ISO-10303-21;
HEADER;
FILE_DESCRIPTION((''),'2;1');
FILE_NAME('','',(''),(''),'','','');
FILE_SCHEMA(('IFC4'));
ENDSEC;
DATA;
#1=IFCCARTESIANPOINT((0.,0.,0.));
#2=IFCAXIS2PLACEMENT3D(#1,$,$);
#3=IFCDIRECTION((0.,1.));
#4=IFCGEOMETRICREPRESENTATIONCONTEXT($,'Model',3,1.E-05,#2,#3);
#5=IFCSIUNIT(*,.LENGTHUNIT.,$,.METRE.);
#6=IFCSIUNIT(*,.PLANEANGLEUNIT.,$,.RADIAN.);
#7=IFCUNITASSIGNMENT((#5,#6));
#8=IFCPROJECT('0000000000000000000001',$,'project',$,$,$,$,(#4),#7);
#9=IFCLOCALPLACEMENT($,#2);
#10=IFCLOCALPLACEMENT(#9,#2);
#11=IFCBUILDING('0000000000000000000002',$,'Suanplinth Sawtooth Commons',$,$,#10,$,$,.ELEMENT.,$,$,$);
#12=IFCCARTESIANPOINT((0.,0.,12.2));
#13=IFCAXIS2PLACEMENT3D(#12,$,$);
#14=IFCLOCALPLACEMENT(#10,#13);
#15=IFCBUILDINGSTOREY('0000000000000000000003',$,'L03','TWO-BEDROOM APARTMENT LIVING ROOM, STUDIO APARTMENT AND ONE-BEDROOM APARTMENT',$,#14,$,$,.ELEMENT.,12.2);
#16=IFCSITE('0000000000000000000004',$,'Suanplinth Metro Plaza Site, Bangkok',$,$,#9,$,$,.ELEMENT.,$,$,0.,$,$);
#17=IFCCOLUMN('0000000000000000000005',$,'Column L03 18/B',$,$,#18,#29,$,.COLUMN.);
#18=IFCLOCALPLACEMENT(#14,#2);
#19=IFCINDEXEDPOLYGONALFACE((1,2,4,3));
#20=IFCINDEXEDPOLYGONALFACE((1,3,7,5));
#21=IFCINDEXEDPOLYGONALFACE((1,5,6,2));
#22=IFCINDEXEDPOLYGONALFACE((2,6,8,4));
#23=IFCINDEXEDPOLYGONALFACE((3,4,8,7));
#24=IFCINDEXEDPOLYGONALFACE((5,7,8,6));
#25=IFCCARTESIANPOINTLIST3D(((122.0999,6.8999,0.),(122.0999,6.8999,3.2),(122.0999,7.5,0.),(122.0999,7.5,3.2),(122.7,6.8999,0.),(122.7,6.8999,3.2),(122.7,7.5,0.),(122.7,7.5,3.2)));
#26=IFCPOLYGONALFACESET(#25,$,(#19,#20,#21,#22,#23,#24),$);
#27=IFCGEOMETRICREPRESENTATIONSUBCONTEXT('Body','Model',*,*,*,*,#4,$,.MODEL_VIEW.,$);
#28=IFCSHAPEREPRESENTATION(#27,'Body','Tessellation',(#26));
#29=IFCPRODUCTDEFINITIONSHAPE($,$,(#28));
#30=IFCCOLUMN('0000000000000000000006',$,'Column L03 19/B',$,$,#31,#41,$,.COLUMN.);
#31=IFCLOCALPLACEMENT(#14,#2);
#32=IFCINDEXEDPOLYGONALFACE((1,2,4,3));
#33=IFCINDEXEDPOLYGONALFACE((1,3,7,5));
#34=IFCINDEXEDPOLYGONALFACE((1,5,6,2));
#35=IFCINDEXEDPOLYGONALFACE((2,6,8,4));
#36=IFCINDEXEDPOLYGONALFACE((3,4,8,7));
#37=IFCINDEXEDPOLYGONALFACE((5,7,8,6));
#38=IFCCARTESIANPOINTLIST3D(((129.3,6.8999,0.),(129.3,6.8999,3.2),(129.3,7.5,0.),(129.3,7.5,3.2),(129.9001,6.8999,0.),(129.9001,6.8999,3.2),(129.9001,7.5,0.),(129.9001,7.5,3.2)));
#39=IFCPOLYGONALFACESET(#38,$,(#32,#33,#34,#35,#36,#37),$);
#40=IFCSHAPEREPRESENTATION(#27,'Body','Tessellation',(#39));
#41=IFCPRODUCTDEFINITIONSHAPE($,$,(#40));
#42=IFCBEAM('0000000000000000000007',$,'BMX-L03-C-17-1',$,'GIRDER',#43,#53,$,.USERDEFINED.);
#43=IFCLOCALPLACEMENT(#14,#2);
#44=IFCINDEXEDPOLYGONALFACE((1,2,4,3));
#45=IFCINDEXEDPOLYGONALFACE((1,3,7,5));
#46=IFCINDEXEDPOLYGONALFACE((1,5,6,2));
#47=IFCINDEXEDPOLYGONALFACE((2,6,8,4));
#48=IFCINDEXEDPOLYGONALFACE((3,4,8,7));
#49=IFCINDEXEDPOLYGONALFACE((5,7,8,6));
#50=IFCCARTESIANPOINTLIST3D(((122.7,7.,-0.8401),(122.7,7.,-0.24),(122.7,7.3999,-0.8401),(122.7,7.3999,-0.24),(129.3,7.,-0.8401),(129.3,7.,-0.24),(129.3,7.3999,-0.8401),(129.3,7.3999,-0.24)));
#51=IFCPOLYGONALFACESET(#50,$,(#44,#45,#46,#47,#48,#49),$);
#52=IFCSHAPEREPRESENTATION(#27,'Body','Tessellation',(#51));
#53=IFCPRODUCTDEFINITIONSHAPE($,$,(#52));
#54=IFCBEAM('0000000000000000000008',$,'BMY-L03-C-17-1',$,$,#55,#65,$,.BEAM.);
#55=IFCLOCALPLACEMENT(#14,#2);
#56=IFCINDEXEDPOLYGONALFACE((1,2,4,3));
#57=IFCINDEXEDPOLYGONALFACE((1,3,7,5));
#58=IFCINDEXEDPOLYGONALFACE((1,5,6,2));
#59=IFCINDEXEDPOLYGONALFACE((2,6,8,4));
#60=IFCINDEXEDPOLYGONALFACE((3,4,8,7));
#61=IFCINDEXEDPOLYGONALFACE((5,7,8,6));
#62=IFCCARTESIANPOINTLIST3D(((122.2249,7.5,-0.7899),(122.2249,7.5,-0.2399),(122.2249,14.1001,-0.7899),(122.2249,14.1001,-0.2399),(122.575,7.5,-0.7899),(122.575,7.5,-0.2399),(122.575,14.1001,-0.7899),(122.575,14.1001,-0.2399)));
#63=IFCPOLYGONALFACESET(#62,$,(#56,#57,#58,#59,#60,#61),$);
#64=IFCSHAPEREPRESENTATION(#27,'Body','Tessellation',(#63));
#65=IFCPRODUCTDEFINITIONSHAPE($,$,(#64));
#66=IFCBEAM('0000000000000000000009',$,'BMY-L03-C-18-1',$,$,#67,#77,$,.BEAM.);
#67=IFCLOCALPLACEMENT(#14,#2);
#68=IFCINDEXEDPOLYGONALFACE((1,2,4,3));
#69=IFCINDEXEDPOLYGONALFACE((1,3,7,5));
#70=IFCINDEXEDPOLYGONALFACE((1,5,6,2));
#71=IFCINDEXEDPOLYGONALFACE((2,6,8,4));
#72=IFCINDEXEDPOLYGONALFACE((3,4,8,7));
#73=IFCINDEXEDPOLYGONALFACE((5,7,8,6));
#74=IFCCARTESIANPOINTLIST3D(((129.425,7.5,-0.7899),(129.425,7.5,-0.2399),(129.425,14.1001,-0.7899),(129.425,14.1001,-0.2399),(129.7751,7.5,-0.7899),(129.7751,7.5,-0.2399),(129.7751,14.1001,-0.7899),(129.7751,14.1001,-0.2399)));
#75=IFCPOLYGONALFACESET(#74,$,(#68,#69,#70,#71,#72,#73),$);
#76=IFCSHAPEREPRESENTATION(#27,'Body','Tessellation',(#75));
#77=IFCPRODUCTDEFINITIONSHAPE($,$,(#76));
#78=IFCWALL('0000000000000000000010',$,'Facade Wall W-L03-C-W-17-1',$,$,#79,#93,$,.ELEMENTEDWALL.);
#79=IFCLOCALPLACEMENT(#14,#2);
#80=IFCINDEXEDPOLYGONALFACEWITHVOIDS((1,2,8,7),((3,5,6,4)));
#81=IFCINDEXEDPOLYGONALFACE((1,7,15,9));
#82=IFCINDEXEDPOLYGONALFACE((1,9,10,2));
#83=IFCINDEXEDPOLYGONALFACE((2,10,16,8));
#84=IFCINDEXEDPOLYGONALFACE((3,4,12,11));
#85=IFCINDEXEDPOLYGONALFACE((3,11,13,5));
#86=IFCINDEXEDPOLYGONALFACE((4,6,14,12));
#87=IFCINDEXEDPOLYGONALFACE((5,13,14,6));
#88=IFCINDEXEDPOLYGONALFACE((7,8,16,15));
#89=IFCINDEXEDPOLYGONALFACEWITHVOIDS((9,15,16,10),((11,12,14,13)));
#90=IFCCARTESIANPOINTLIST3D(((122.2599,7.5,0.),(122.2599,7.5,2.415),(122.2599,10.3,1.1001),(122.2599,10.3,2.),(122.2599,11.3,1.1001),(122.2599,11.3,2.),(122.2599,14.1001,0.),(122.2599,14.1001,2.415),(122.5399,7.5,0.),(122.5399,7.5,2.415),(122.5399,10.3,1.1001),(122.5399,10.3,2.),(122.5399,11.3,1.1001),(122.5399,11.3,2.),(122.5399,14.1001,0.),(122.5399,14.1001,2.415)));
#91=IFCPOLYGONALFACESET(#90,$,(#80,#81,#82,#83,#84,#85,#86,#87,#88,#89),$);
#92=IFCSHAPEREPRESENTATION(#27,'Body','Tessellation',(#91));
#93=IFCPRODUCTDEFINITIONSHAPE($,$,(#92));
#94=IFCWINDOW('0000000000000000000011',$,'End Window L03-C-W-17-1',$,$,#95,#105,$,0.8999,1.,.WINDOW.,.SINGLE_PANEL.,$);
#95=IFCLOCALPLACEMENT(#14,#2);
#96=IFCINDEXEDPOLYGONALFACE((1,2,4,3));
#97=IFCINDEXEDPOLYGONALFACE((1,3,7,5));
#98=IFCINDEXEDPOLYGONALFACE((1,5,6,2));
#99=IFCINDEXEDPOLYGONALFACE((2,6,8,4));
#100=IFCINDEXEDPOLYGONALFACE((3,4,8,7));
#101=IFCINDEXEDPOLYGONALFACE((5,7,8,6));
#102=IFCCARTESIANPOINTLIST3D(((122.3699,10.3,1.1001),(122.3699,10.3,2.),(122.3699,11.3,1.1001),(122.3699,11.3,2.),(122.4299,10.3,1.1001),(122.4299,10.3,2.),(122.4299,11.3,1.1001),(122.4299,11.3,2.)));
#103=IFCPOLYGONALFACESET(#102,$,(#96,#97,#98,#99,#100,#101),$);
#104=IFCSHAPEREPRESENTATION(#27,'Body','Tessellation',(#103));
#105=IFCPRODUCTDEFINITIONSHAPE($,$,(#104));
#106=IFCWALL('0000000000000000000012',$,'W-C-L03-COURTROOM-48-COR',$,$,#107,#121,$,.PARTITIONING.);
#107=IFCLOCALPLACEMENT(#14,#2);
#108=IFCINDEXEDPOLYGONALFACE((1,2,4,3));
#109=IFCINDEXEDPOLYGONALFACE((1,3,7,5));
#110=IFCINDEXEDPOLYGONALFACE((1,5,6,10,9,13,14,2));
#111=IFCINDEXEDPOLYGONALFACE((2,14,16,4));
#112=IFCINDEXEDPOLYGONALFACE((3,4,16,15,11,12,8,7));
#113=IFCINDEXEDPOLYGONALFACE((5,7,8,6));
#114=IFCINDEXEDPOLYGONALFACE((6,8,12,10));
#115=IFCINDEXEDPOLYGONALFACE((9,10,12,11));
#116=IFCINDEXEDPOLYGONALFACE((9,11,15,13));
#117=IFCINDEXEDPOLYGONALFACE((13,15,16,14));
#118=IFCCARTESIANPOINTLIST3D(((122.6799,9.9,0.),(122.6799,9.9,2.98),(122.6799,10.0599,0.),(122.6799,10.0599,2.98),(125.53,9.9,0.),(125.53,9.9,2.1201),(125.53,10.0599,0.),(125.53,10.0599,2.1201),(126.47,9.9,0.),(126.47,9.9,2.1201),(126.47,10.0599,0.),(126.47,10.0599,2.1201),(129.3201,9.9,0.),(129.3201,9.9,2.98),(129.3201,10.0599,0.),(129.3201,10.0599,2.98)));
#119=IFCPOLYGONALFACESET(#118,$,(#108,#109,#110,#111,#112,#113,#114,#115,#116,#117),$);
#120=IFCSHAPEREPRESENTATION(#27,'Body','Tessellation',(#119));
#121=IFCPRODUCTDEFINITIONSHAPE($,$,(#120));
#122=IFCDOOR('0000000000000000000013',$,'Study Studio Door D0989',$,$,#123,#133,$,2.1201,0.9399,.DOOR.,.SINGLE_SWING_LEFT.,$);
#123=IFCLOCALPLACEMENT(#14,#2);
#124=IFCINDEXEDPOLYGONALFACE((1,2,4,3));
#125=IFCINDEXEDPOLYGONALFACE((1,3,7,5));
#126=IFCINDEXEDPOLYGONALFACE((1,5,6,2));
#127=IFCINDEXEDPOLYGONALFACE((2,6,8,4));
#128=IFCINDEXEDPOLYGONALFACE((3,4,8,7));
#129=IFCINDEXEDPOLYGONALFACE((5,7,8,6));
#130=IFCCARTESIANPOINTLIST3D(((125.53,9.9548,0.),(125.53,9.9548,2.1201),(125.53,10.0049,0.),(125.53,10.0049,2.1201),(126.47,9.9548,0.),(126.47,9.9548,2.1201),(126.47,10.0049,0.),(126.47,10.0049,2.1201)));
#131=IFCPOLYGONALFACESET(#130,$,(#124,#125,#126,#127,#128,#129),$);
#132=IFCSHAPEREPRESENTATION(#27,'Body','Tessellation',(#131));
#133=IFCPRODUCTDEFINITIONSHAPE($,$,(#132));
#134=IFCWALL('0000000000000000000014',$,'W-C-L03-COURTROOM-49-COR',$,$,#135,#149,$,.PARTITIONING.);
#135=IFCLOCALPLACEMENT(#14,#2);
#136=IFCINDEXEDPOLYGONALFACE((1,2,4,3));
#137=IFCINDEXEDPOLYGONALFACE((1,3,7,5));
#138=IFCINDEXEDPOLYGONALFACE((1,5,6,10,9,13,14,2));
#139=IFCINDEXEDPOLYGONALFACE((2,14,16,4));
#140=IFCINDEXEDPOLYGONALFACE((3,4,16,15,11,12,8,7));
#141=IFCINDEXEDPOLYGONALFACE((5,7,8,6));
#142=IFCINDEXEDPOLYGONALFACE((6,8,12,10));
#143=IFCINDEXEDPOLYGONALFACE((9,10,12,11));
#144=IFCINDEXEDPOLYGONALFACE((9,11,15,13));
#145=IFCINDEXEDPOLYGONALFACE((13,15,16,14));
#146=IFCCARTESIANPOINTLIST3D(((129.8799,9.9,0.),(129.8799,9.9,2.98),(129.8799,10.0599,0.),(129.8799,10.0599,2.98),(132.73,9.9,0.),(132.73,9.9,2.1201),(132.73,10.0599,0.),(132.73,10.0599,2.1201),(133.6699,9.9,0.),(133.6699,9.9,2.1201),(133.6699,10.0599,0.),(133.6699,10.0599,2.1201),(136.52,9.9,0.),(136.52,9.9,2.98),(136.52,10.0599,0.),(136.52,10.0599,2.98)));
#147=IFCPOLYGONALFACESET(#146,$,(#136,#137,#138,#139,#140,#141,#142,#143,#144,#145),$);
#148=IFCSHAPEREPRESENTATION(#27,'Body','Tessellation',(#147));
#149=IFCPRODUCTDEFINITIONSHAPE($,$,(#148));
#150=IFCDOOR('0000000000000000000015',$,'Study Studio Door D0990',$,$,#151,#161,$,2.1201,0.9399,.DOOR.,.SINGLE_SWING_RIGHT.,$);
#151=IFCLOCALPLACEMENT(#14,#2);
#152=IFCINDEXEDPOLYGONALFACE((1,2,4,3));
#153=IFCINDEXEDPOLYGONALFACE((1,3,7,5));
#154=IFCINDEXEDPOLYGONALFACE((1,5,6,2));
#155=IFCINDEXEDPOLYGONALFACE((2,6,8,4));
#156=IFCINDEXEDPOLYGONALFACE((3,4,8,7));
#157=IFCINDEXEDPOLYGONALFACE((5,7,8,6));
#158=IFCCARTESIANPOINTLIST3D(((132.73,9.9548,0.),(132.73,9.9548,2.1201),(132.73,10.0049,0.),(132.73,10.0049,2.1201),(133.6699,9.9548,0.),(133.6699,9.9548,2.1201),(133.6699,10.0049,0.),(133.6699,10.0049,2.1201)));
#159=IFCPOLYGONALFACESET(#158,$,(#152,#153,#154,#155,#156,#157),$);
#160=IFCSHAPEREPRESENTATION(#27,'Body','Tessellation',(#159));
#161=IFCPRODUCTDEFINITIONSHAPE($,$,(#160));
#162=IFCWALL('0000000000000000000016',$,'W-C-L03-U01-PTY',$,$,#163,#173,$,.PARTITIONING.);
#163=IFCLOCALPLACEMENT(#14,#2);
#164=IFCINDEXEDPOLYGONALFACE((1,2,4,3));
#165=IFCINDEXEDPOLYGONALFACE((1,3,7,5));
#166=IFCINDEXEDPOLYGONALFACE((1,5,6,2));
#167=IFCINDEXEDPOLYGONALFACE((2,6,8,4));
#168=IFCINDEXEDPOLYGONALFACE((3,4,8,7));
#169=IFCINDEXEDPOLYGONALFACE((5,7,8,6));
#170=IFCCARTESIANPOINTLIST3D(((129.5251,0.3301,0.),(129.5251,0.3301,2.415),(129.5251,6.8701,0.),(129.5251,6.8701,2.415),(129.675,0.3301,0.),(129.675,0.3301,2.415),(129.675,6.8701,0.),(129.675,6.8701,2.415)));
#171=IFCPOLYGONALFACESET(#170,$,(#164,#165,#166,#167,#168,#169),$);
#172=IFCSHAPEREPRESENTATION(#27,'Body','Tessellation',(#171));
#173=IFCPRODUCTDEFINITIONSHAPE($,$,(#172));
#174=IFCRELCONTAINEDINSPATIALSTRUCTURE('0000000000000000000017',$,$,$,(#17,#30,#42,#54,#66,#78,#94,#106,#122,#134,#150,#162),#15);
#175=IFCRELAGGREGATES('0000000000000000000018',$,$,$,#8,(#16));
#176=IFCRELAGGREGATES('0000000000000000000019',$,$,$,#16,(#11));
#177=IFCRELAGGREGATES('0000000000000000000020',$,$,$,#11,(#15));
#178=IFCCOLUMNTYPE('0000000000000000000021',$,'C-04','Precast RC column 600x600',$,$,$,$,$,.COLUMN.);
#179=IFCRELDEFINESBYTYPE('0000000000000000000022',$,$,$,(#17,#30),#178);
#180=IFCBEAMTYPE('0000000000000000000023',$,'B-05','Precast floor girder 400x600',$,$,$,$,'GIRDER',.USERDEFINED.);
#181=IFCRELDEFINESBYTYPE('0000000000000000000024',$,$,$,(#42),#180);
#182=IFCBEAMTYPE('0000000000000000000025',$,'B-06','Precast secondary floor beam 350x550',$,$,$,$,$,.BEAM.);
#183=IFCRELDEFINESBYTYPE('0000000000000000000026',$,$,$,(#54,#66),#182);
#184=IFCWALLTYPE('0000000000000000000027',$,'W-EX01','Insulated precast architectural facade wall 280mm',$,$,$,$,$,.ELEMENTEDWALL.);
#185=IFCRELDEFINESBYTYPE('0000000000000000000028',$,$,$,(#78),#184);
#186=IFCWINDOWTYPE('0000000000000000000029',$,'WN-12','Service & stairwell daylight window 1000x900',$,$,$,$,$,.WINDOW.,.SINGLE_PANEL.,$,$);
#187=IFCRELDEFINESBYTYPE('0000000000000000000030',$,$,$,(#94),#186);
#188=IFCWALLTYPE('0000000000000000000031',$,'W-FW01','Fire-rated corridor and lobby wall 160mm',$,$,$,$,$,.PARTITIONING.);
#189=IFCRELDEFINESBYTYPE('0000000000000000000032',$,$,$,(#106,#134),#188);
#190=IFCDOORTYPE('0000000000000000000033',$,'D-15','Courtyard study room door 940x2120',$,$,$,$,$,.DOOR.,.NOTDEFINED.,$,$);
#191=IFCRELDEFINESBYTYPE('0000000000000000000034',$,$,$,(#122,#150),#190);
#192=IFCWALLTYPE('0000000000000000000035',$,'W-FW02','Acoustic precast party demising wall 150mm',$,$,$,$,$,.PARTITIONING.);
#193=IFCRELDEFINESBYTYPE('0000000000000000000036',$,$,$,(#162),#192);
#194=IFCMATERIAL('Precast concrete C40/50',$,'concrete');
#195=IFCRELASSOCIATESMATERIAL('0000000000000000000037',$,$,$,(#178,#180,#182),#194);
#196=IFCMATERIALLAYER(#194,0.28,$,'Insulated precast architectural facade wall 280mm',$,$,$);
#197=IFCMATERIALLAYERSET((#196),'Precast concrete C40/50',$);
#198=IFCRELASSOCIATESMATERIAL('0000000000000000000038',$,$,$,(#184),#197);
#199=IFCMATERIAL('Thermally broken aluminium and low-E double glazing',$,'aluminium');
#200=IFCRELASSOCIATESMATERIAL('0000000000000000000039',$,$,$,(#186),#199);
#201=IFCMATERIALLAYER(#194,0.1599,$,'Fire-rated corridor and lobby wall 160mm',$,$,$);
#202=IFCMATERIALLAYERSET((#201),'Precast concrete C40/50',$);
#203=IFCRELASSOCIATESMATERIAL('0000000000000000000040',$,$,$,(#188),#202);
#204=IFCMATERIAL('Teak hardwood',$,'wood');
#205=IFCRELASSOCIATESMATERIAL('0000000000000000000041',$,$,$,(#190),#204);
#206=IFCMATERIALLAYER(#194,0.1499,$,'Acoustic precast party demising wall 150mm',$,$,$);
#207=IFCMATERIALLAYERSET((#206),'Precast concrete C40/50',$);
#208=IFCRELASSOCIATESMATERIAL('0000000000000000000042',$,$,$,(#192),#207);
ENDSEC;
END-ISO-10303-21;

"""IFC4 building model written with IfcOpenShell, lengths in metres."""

from ifc_helpers import new_model, si_unit, direction, frame, frame_2d, origin, origin_2d, place, context, subcontext, project, spatial, rectangle, extrude, material, layer, layer_set, material_profile, profile_set, type_object, element, fill, save


model = new_model("IFC4")

# Units and contexts
model_context = context("Model", 3, precision=1e-05, world=origin(), true_north=direction((0.0, 1.0)))
body_context = subcontext(model_context, "Body", "Model", "MODEL_VIEW")
ifc_project = project(units=[si_unit("LENGTHUNIT", "METRE"), si_unit("PLANEANGLEUNIT", "RADIAN")], contexts=[model_context])

# Site, building, storey
site_placement = place(None, origin())
site = spatial("IfcSite", under=ifc_project, at=site_placement, Name="Suanplinth Metro Plaza Site, Bangkok", CompositionType="ELEMENT", RefElevation=0.0)
building_placement = place(site_placement, origin())
building = spatial("IfcBuilding", under=site, at=building_placement, Name="Suanplinth Sawtooth Commons", CompositionType="ELEMENT")
storey_placement = place(building_placement, frame((0.0, 0.0, 12.2)))
storey = spatial("IfcBuildingStorey", under=building, at=storey_placement, Name="L03", Description="TWO-BEDROOM APARTMENT LIVING ROOM, STUDIO APARTMENT AND ONE-BEDROOM APARTMENT", CompositionType="ELEMENT", Elevation=12.2)

# Columns
ifc_material_1 = material(Name="Precast concrete C40/50", Category="concrete")
ifc_material_profile_1 = material_profile(ifc_material_1, rectangle(XDim=0.6001, YDim=0.6001, at=origin_2d()), Name="PC-COL 600x600")
ifc_profile_set_1 = profile_set([ifc_material_profile_1], Name="Precast concrete C40/50")
column_type = type_object("IfcColumnType", Name="C-04", Description="Precast RC column 600x600", PredefinedType="COLUMN", material=ifc_profile_set_1)
for number, where, z_axis, x_axis, name in (
    (1, (122.3999, 7.2, 0.0), (0.0, 0.0, 1.0), (1.0, 0.0, 0.0), "Column L03 18/B"),
    (2, (129.6001, 7.2, 0.0), (0.0, 0.0, 1.0), (1.0, 0.0, 0.0), "Column L03 19/B"),
):
    element("IfcColumn", number, at=place(storey_placement, frame(where, z_axis=z_axis, x_axis=x_axis)), inside=storey, type_object=column_type, Name=name, PredefinedType="COLUMN", context=body_context, shape_type="SweptSolid", body=[
        extrude(rectangle(XDim=0.6001, YDim=0.6001, at=origin_2d()), origin(), (0.0, 0.0, 1.0), 3.2),
    ])

# Beams
ifc_material_profile_2 = material_profile(ifc_material_1, rectangle(XDim=0.3999, YDim=0.6001, at=origin_2d()), Name="PC-GDR 400x600")
ifc_profile_set_2 = profile_set([ifc_material_profile_2], Name="Precast concrete C40/50")
beam_type_1 = type_object("IfcBeamType", Name="B-05", Description="Precast floor girder 400x600", ElementType="GIRDER", PredefinedType="USERDEFINED", material=ifc_profile_set_2)
beam_placement = place(storey_placement, frame((122.7, 7.2, -0.54), z_axis=(1.0, 0.0, 0.0), x_axis=(0.0, 1.0, 0.0)))
element("IfcBeam", 3, at=beam_placement, inside=storey, type_object=beam_type_1, Name="BMX-L03-C-17-1", ObjectType="GIRDER", PredefinedType="USERDEFINED", context=body_context, shape_type="SweptSolid", body=[
    extrude(rectangle(XDim=0.3999, YDim=0.6001, at=origin_2d()), origin(), (0.0, 0.0, 1.0), 6.6001),
])
ifc_material_profile_3 = material_profile(ifc_material_1, rectangle(XDim=0.3501, YDim=0.55, at=origin_2d()), Name="PC-BM 350x550")
ifc_profile_set_3 = profile_set([ifc_material_profile_3], Name="Precast concrete C40/50")
beam_type_2 = type_object("IfcBeamType", Name="B-06", Description="Precast secondary floor beam 350x550", PredefinedType="BEAM", material=ifc_profile_set_3)
for number, where, z_axis, x_axis, name in (
    (4, (122.3999, 7.5, -0.5149), (0.0, 1.0, 0.0), (-1.0, 0.0, 0.0), "BMY-L03-C-17-1"),
    (5, (129.6001, 7.5, -0.5149), (0.0, 1.0, 0.0), (-1.0, 0.0, 0.0), "BMY-L03-C-18-1"),
):
    element("IfcBeam", number, at=place(storey_placement, frame(where, z_axis=z_axis, x_axis=x_axis)), inside=storey, type_object=beam_type_2, Name=name, PredefinedType="BEAM", context=body_context, shape_type="SweptSolid", body=[
        extrude(rectangle(XDim=0.3501, YDim=0.55, at=origin_2d()), origin(), (0.0, 0.0, 1.0), 6.6001),
    ])

# Wall, opening, window
ifc_layer_1 = layer(ifc_material_1, 0.28, Name="Insulated precast architectural facade wall 280mm")
ifc_layer_set_1 = layer_set([ifc_layer_1], Name="Precast concrete C40/50")
wall_type_1 = type_object("IfcWallType", Name="W-EX01", Description="Insulated precast architectural facade wall 280mm", PredefinedType="ELEMENTEDWALL", material=ifc_layer_set_1)
wall_1_placement = place(storey_placement, frame((122.3999, 7.5, 0.0), z_axis=(0.0, 0.0, 1.0), x_axis=(0.0, 1.0, 0.0)))
wall_1 = element("IfcWall", 6, at=wall_1_placement, inside=storey, type_object=wall_type_1, Name="Facade Wall W-L03-C-W-17-1", PredefinedType="ELEMENTEDWALL", context=body_context, shape_type="SweptSolid", body=[
    extrude(rectangle(XDim=6.6001, YDim=0.28, at=frame_2d((3.3, 0.0))), origin(), (0.0, 0.0, 1.0), 2.415),
])
opening_1_placement = place(wall_1_placement, frame((2.8, 0.0, 1.1001)))
opening_1 = element("IfcOpeningElement", 7, at=opening_1_placement, cuts=wall_1, PredefinedType="OPENING", context=body_context, shape_type="SweptSolid", body=[
    extrude(rectangle(XDim=1.0, YDim=0.8999, at=frame_2d((0.5, 0.45))), frame((0.0, 0.1548, 0.0), z_axis=(0.0, -1.0, 0.0), x_axis=(1.0, 0.0, 0.0)), (0.0, 0.0, 1.0), 0.3098),
])
ifc_material_2 = material(Name="Thermally broken aluminium and low-E double glazing", Category="aluminium")
window_type = type_object("IfcWindowType", Name="WN-12", Description="Service & stairwell daylight window 1000x900", PartitioningType="SINGLE_PANEL", PredefinedType="WINDOW", material=ifc_material_2)
window_placement = place(opening_1_placement, origin())
window = element("IfcWindow", 8, at=window_placement, inside=storey, type_object=window_type, Name="End Window L03-C-W-17-1", OverallHeight=0.8999, OverallWidth=1.0, PartitioningType="SINGLE_PANEL", PredefinedType="WINDOW", context=body_context, shape_type="SweptSolid", body=[
    extrude(rectangle(XDim=1.0, YDim=0.8999, at=frame_2d((0.5, 0.45))), frame((0.0, 0.03, 0.0), z_axis=(0.0, -1.0, 0.0), x_axis=(1.0, 0.0, 0.0)), (0.0, 0.0, 1.0), 0.0601),
])
fill(opening_1, window)

# Walls, openings, doors
ifc_layer_2 = layer(ifc_material_1, 0.1599, Name="Fire-rated corridor and lobby wall 160mm")
ifc_layer_set_2 = layer_set([ifc_layer_2], Name="Precast concrete C40/50")
wall_type_2 = type_object("IfcWallType", Name="W-FW01", Description="Fire-rated corridor and lobby wall 160mm", PredefinedType="PARTITIONING", material=ifc_layer_set_2)
wall_2_placement = place(storey_placement, frame((122.6799, 9.98, 0.0), z_axis=(0.0, 0.0, 1.0), x_axis=(1.0, 0.0, 0.0)))
wall_2 = element("IfcWall", 9, at=wall_2_placement, inside=storey, type_object=wall_type_2, Name="W-C-L03-COURTROOM-48-COR", PredefinedType="PARTITIONING", context=body_context, shape_type="SweptSolid", body=[
    extrude(rectangle(XDim=6.6401, YDim=0.1599, at=frame_2d((3.3201, 0.0))), origin(), (0.0, 0.0, 1.0), 2.98),
])
opening_2_placement = place(wall_2_placement, frame((2.8501, 0.0, 0.0)))
opening_2 = element("IfcOpeningElement", 10, at=opening_2_placement, cuts=wall_2, PredefinedType="OPENING", context=body_context, shape_type="SweptSolid", body=[
    extrude(rectangle(XDim=0.9399, YDim=2.1201, at=frame_2d((0.47, 1.0601))), frame((0.0, 0.0947, 0.0), z_axis=(0.0, -1.0, 0.0), x_axis=(1.0, 0.0, 0.0)), (0.0, 0.0, 1.0), 0.1897),
])
ifc_material_3 = material(Name="Teak hardwood", Category="wood")
door_type_1 = type_object("IfcDoorType", Name="D-15", Description="Courtyard study room door 940x2120", OperationType="NOTDEFINED", PredefinedType="DOOR", material=ifc_material_3)
door_1_placement = place(opening_2_placement, origin())
door_1 = element("IfcDoor", 11, at=door_1_placement, inside=storey, type_object=door_type_1, Name="Study Studio Door D0989", OperationType="SINGLE_SWING_LEFT", OverallHeight=2.1201, OverallWidth=0.9399, PredefinedType="DOOR", context=body_context, shape_type="SweptSolid", body=[
    extrude(rectangle(XDim=0.9399, YDim=2.1201, at=frame_2d((0.47, 1.0601))), frame((0.0, 0.0249, 0.0), z_axis=(0.0, -1.0, 0.0), x_axis=(1.0, 0.0, 0.0)), (0.0, 0.0, 1.0), 0.05),
])
fill(opening_2, door_1)
wall_3_placement = place(storey_placement, frame((129.8799, 9.98, 0.0), z_axis=(0.0, 0.0, 1.0), x_axis=(1.0, 0.0, 0.0)))
wall_3 = element("IfcWall", 12, at=wall_3_placement, inside=storey, type_object=wall_type_2, Name="W-C-L03-COURTROOM-49-COR", PredefinedType="PARTITIONING", context=body_context, shape_type="SweptSolid", body=[
    extrude(rectangle(XDim=6.6401, YDim=0.1599, at=frame_2d((3.3201, 0.0))), origin(), (0.0, 0.0, 1.0), 2.98),
])
opening_3_placement = place(wall_3_placement, frame((2.8501, 0.0, 0.0)))
opening_3 = element("IfcOpeningElement", 13, at=opening_3_placement, cuts=wall_3, PredefinedType="OPENING", context=body_context, shape_type="SweptSolid", body=[
    extrude(rectangle(XDim=0.9399, YDim=2.1201, at=frame_2d((0.47, 1.0601))), frame((0.0, 0.0947, 0.0), z_axis=(0.0, -1.0, 0.0), x_axis=(1.0, 0.0, 0.0)), (0.0, 0.0, 1.0), 0.1897),
])
door_2_placement = place(opening_3_placement, origin())
door_2 = element("IfcDoor", 14, at=door_2_placement, inside=storey, type_object=door_type_1, Name="Study Studio Door D0990", OperationType="SINGLE_SWING_RIGHT", OverallHeight=2.1201, OverallWidth=0.9399, PredefinedType="DOOR", context=body_context, shape_type="SweptSolid", body=[
    extrude(rectangle(XDim=0.9399, YDim=2.1201, at=frame_2d((0.47, 1.0601))), frame((0.0, 0.0249, 0.0), z_axis=(0.0, -1.0, 0.0), x_axis=(1.0, 0.0, 0.0)), (0.0, 0.0, 1.0), 0.05),
])
fill(opening_3, door_2)

# Wall
ifc_layer_3 = layer(ifc_material_1, 0.1499, Name="Acoustic precast party demising wall 150mm")
ifc_layer_set_3 = layer_set([ifc_layer_3], Name="Precast concrete C40/50")
wall_type_3 = type_object("IfcWallType", Name="W-FW02", Description="Acoustic precast party demising wall 150mm", PredefinedType="PARTITIONING", material=ifc_layer_set_3)
wall_4_placement = place(storey_placement, frame((129.6001, 0.3301, 0.0), z_axis=(0.0, 0.0, 1.0), x_axis=(0.0, 1.0, 0.0)))
element("IfcWall", 15, at=wall_4_placement, inside=storey, type_object=wall_type_3, Name="W-C-L03-U01-PTY", PredefinedType="PARTITIONING", context=body_context, shape_type="SweptSolid", body=[
    extrude(rectangle(XDim=6.54, YDim=0.1499, at=frame_2d((3.27, 0.0))), origin(), (0.0, 0.0, 1.0), 2.415),
])

save(model, "model.ifc")
